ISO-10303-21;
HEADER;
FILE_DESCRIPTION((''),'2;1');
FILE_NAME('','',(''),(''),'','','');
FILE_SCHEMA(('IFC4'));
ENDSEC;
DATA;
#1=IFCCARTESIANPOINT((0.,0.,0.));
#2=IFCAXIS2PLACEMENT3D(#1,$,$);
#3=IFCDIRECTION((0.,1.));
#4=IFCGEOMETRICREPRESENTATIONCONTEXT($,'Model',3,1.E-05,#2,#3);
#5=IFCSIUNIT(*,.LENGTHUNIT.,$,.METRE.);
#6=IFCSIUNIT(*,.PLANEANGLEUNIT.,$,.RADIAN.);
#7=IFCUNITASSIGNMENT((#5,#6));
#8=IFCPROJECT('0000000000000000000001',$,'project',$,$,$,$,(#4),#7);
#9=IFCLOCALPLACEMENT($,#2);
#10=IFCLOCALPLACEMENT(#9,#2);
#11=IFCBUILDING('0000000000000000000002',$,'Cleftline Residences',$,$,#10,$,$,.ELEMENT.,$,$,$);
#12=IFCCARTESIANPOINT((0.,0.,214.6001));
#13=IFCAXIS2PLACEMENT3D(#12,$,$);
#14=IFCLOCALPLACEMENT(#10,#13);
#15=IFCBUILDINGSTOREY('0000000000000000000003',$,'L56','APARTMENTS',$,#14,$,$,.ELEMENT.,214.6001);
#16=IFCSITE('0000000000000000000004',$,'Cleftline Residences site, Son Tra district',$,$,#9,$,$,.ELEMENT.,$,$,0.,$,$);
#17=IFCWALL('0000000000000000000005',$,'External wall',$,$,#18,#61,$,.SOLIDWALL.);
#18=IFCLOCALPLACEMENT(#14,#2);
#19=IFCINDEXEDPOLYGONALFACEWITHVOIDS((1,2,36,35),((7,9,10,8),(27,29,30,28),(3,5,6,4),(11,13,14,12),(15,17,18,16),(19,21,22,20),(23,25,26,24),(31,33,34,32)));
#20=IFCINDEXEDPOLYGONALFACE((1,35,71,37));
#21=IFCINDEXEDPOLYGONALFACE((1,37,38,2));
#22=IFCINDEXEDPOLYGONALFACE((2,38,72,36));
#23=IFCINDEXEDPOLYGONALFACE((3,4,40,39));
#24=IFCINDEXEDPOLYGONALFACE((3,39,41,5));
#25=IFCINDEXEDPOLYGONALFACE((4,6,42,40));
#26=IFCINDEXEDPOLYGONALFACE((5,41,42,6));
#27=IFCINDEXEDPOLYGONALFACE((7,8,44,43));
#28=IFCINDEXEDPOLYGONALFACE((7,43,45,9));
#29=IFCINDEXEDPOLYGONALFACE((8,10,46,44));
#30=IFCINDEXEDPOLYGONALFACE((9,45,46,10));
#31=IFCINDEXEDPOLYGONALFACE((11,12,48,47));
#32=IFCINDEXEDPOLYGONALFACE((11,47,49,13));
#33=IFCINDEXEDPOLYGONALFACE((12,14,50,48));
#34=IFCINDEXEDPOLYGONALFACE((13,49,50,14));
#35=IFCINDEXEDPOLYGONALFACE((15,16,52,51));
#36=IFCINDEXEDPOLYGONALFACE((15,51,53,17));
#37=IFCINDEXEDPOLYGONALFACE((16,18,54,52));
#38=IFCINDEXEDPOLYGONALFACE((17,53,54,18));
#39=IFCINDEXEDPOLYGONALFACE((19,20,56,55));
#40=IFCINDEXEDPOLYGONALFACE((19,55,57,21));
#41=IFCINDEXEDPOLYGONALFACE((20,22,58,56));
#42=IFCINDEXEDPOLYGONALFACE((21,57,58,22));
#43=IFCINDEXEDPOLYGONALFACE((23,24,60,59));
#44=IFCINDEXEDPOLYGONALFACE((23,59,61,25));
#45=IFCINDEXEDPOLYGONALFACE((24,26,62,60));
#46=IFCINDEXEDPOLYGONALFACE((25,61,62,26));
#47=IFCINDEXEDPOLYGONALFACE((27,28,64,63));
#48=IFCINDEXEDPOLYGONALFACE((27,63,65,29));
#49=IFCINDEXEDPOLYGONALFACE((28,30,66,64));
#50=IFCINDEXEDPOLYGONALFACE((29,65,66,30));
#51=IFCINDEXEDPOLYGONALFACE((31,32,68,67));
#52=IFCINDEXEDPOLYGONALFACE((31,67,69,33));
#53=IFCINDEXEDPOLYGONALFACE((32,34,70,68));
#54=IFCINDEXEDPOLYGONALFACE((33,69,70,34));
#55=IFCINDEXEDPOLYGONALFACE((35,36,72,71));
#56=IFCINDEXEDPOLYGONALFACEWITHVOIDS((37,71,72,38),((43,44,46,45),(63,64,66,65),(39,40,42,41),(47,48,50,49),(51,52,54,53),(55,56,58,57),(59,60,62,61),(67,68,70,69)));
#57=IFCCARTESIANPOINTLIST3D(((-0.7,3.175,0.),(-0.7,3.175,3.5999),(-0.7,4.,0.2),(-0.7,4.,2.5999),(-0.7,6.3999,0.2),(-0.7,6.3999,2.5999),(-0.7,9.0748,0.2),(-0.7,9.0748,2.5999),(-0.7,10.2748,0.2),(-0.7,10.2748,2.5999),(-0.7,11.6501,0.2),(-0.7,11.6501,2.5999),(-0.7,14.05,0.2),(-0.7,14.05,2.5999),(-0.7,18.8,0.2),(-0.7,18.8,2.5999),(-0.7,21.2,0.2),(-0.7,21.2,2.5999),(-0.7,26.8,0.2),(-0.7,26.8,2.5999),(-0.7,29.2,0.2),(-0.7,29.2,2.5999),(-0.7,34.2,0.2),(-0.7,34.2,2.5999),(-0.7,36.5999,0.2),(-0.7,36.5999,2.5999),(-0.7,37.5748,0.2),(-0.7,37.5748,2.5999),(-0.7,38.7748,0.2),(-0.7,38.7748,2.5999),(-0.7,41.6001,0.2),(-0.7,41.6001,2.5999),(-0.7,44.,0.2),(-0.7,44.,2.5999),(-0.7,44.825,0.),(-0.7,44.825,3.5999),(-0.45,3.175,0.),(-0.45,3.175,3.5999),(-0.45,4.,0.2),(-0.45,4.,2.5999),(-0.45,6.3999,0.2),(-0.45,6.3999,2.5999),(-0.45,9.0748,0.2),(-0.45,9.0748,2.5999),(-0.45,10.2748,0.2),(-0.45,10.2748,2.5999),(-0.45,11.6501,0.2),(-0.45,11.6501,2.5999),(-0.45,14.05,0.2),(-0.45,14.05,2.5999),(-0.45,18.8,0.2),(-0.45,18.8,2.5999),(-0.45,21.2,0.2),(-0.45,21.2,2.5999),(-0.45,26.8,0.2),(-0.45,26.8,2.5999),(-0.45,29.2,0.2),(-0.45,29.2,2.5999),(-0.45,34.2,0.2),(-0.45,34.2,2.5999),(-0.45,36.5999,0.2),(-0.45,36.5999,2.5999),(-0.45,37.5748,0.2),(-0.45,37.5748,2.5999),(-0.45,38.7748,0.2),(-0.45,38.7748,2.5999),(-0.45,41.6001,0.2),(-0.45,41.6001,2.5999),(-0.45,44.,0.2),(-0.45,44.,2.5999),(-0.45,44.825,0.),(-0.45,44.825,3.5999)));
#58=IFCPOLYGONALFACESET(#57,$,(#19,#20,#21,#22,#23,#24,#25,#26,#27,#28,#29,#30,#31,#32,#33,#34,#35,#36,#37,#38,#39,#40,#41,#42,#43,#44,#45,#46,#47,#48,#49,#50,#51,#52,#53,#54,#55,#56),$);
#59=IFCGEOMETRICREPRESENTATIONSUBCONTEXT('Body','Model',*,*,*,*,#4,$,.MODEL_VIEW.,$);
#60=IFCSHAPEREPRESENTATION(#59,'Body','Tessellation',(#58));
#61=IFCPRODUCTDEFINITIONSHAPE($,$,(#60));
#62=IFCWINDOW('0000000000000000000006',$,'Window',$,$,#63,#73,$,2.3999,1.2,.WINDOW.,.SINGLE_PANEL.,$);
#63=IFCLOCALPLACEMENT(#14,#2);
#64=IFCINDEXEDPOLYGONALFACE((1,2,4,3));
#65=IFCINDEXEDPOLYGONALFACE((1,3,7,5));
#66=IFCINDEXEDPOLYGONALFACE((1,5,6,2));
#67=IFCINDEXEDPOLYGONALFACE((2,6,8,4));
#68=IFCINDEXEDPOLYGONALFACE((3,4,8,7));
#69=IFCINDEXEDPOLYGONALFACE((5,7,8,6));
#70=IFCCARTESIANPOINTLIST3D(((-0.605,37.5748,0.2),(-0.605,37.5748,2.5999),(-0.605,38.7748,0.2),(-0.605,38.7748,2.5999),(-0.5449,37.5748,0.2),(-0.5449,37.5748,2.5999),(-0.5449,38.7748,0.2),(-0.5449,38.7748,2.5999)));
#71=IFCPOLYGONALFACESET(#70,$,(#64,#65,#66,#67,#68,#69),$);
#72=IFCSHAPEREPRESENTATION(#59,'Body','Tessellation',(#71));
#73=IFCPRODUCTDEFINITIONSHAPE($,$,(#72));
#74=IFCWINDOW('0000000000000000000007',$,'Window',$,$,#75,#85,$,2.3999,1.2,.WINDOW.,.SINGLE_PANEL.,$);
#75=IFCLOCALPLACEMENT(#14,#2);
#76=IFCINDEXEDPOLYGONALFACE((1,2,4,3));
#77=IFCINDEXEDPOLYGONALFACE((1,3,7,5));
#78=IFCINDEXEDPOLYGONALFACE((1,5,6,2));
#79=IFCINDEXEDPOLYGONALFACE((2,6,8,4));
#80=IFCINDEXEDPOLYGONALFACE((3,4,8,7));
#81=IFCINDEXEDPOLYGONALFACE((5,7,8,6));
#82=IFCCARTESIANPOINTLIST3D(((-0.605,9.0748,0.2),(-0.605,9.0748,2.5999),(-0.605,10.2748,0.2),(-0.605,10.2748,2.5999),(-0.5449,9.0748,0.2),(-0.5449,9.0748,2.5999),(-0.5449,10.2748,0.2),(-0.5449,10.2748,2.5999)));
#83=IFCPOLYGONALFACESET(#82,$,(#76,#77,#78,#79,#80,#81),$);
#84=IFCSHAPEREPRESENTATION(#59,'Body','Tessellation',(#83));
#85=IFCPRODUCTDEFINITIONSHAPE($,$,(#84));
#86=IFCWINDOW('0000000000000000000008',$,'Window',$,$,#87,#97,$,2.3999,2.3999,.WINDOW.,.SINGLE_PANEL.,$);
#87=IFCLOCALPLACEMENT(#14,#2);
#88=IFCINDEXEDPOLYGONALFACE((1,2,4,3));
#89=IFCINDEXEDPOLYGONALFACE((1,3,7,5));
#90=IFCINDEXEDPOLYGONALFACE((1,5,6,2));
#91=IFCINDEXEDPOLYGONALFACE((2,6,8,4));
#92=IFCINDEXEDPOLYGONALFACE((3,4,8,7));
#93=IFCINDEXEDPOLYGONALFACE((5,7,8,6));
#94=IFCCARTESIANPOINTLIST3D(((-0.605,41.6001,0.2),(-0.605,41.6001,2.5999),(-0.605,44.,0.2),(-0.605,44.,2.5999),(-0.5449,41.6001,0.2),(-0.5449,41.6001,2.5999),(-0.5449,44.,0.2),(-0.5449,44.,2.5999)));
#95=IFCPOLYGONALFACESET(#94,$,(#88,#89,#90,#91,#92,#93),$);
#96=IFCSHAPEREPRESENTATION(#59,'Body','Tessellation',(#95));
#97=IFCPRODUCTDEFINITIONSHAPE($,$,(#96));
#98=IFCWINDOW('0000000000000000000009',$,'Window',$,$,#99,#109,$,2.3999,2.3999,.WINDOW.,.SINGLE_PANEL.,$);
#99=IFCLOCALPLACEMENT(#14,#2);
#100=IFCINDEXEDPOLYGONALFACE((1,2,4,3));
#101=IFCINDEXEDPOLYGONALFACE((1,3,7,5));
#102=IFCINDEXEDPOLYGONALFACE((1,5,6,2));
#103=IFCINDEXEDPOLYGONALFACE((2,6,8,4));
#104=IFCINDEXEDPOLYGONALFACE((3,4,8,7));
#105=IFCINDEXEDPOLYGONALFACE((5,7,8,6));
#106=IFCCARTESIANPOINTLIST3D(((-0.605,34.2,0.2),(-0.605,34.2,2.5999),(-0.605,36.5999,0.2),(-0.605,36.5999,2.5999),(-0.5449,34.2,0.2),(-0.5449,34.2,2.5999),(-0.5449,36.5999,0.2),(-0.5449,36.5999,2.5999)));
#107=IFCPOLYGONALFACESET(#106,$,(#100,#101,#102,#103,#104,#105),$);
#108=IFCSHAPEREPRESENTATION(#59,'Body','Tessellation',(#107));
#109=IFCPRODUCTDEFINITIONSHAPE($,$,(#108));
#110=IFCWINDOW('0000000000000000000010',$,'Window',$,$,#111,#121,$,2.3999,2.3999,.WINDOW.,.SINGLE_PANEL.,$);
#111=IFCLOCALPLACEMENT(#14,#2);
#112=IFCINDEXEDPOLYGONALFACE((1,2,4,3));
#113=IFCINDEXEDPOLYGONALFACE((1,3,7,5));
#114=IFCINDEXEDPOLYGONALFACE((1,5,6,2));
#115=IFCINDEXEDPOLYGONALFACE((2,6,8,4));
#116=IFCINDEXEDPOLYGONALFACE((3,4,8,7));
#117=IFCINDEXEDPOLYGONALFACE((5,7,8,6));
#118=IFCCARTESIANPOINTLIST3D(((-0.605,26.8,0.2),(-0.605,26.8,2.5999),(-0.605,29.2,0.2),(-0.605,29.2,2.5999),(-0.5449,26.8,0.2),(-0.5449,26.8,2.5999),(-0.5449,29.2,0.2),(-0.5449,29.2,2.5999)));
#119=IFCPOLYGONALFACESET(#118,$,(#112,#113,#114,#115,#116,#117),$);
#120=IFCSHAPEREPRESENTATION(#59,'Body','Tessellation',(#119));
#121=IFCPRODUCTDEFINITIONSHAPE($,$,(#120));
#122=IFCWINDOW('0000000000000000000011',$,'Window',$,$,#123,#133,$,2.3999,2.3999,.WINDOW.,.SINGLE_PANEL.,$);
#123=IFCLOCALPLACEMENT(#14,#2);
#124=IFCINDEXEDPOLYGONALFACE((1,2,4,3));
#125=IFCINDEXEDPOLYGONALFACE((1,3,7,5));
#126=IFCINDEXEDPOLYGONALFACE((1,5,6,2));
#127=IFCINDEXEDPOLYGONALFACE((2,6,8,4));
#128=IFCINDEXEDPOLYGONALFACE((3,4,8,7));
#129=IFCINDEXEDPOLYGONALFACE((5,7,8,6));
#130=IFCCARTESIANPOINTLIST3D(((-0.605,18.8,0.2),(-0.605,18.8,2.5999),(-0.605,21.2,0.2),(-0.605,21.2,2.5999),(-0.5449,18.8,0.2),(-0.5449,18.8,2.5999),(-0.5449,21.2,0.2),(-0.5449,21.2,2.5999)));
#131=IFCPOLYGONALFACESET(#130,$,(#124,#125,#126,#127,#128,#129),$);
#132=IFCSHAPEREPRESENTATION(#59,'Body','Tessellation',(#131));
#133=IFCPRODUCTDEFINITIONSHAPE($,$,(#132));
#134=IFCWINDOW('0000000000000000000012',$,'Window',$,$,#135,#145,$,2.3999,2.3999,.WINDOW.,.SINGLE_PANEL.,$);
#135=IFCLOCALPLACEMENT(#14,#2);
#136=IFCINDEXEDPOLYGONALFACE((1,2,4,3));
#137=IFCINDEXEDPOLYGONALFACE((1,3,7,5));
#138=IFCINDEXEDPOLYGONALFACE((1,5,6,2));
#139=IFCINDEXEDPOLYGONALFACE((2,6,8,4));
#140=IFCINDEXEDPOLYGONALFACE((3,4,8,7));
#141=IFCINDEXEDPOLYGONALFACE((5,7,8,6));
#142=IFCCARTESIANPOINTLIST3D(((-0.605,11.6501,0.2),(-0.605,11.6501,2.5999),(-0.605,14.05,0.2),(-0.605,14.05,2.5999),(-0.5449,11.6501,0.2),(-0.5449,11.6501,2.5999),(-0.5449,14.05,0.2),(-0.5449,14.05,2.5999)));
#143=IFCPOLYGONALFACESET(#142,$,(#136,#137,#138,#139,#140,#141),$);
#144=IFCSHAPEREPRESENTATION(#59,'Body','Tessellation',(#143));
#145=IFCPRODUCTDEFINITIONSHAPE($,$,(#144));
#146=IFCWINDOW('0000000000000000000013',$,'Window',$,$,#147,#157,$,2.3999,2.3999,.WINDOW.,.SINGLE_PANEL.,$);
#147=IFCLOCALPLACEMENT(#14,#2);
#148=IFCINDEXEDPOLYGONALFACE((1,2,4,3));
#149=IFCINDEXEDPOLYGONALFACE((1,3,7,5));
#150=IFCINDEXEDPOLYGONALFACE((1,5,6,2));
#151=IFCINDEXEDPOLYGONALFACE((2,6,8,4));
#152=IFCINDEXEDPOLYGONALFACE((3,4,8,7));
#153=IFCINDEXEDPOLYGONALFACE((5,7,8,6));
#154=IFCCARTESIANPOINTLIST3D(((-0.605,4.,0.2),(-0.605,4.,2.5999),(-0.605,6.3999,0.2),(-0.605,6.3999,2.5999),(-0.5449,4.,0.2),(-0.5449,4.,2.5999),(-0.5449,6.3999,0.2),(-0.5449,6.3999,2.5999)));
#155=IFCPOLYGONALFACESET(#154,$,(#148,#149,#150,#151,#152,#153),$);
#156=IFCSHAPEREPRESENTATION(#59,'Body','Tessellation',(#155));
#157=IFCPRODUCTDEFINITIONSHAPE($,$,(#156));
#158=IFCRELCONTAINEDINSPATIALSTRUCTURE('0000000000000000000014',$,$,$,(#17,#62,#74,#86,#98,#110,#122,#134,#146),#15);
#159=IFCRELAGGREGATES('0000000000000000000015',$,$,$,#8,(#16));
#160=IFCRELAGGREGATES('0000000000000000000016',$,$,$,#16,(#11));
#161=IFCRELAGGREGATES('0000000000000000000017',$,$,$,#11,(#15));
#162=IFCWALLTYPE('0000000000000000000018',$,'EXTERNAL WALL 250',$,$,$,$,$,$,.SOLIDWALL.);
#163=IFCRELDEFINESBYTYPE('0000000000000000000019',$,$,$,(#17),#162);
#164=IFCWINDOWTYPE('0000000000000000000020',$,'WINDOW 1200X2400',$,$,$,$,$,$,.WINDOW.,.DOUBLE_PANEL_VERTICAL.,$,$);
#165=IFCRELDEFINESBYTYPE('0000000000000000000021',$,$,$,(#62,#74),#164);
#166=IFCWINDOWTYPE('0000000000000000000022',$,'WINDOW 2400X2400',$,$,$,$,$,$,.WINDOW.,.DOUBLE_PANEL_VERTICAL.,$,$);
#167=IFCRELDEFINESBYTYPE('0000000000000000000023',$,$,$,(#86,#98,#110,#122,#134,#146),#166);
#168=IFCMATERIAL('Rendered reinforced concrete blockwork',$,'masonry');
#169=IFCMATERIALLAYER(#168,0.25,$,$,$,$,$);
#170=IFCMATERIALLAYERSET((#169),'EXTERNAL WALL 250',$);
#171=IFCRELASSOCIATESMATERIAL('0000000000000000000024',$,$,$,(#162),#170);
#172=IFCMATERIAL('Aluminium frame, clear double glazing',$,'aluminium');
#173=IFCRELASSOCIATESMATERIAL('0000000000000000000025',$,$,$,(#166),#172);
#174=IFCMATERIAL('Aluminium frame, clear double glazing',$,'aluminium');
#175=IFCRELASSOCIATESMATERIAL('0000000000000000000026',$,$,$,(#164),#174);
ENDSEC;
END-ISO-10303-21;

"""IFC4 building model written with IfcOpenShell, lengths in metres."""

from ifc_helpers import new_model, si_unit, direction, frame, frame_2d, origin, place, context, subcontext, project, spatial, rectangle, extrude, material, layer, layer_set, type_object, element, fill, save


model = new_model("IFC4")

# Units and contexts
model_context = context("Model", 3, precision=1e-05, world=origin(), true_north=direction((0.0, 1.0)))
body_context = subcontext(model_context, "Body", "Model", "MODEL_VIEW")
ifc_project = project(units=[si_unit("LENGTHUNIT", "METRE"), si_unit("PLANEANGLEUNIT", "RADIAN")], contexts=[model_context])

# Site, building, storey
site_placement = place(None, origin())
site = spatial("IfcSite", under=ifc_project, at=site_placement, Name="Cleftline Residences site, Son Tra district", CompositionType="ELEMENT", RefElevation=0.0)
building_placement = place(site_placement, origin())
building = spatial("IfcBuilding", under=site, at=building_placement, Name="Cleftline Residences", CompositionType="ELEMENT")
storey_placement = place(building_placement, frame((0.0, 0.0, 214.6001)))
storey = spatial("IfcBuildingStorey", under=building, at=storey_placement, Name="L56", Description="APARTMENTS", CompositionType="ELEMENT", Elevation=214.6001)

# Shared definitions
ifc_material_1 = material(Name="Rendered reinforced concrete blockwork", Category="masonry")
ifc_layer_1 = layer(ifc_material_1, 0.25)
ifc_layer_set_1 = layer_set([ifc_layer_1], Name="EXTERNAL WALL 250")
wall_type_1 = type_object("IfcWallType", Name="EXTERNAL WALL 250", PredefinedType="SOLIDWALL", material=ifc_layer_set_1)
ifc_material_2 = material(Name="Aluminium frame, clear double glazing", Category="aluminium")
window_type_1 = type_object("IfcWindowType", Name="WINDOW 2400X2400", PartitioningType="DOUBLE_PANEL_VERTICAL", PredefinedType="WINDOW", material=ifc_material_2)

# Wall, openings, windows
wall_1_placement = place(storey_placement, frame((-0.575, 44.825, 0.0), z_axis=(0.0, 0.0, 1.0), x_axis=(0.0, -1.0, 0.0)))
wall_1 = element("IfcWall", 1, at=wall_1_placement, inside=storey, type_object=wall_type_1, Name="External wall", PredefinedType="SOLIDWALL", context=body_context, shape_type="SweptSolid", body=[
    extrude(rectangle(XDim=41.6499, YDim=0.25, at=frame_2d((20.825, 0.0))), origin(), (0.0, 0.0, 1.0), 3.5999),
])
opening_1_placement = place(wall_1_placement, frame((0.825, 0.0, 0.2)))
opening_1 = element("IfcOpeningElement", 2, at=opening_1_placement, cuts=wall_1, PredefinedType="OPENING", context=body_context, shape_type="SweptSolid", body=[
    extrude(rectangle(XDim=2.3999, YDim=2.3999, at=frame_2d((1.2, 1.2))), frame((0.0, 0.135, 0.0), z_axis=(0.0, -1.0, 0.0), x_axis=(1.0, 0.0, 0.0)), (0.0, 0.0, 1.0), 0.27),
])
opening_2_placement = place(wall_1_placement, frame((6.05, 0.0, 0.2)))
opening_2 = element("IfcOpeningElement", 3, at=opening_2_placement, cuts=wall_1, PredefinedType="OPENING", context=body_context, shape_type="SweptSolid", body=[
    extrude(rectangle(XDim=1.2, YDim=2.3999, at=frame_2d((0.6001, 1.2))), frame((0.0, 0.135, 0.0), z_axis=(0.0, -1.0, 0.0), x_axis=(1.0, 0.0, 0.0)), (0.0, 0.0, 1.0), 0.27),
])
opening_3_placement = place(wall_1_placement, frame((8.2251, 0.0, 0.2)))
opening_3 = element("IfcOpeningElement", 4, at=opening_3_placement, cuts=wall_1, PredefinedType="OPENING", context=body_context, shape_type="SweptSolid", body=[
    extrude(rectangle(XDim=2.3999, YDim=2.3999, at=frame_2d((1.2, 1.2))), frame((0.0, 0.135, 0.0), z_axis=(0.0, -1.0, 0.0), x_axis=(1.0, 0.0, 0.0)), (0.0, 0.0, 1.0), 0.27),
])
opening_4_placement = place(wall_1_placement, frame((15.625, 0.0, 0.2)))
opening_4 = element("IfcOpeningElement", 5, at=opening_4_placement, cuts=wall_1, PredefinedType="OPENING", context=body_context, shape_type="SweptSolid", body=[
    extrude(rectangle(XDim=2.3999, YDim=2.3999, at=frame_2d((1.2, 1.2))), frame((0.0, 0.135, 0.0), z_axis=(0.0, -1.0, 0.0), x_axis=(1.0, 0.0, 0.0)), (0.0, 0.0, 1.0), 0.27),
])
opening_5_placement = place(wall_1_placement, frame((23.625, 0.0, 0.2)))
opening_5 = element("IfcOpeningElement", 6, at=opening_5_placement, cuts=wall_1, PredefinedType="OPENING", context=body_context, shape_type="SweptSolid", body=[
    extrude(rectangle(XDim=2.3999, YDim=2.3999, at=frame_2d((1.2, 1.2))), frame((0.0, 0.135, 0.0), z_axis=(0.0, -1.0, 0.0), x_axis=(1.0, 0.0, 0.0)), (0.0, 0.0, 1.0), 0.27),
])
opening_6_placement = place(wall_1_placement, frame((30.7749, 0.0, 0.2)))
opening_6 = element("IfcOpeningElement", 7, at=opening_6_placement, cuts=wall_1, PredefinedType="OPENING", context=body_context, shape_type="SweptSolid", body=[
    extrude(rectangle(XDim=2.3999, YDim=2.3999, at=frame_2d((1.2, 1.2))), frame((0.0, 0.135, 0.0), z_axis=(0.0, -1.0, 0.0), x_axis=(1.0, 0.0, 0.0)), (0.0, 0.0, 1.0), 0.27),
])
opening_7_placement = place(wall_1_placement, frame((34.55, 0.0, 0.2)))
opening_7 = element("IfcOpeningElement", 8, at=opening_7_placement, cuts=wall_1, PredefinedType="OPENING", context=body_context, shape_type="SweptSolid", body=[
    extrude(rectangle(XDim=1.2, YDim=2.3999, at=frame_2d((0.6001, 1.2))), frame((0.0, 0.135, 0.0), z_axis=(0.0, -1.0, 0.0), x_axis=(1.0, 0.0, 0.0)), (0.0, 0.0, 1.0), 0.27),
])
opening_8_placement = place(wall_1_placement, frame((38.425, 0.0, 0.2)))
opening_8 = element("IfcOpeningElement", 9, at=opening_8_placement, cuts=wall_1, PredefinedType="OPENING", context=body_context, shape_type="SweptSolid", body=[
    extrude(rectangle(XDim=2.3999, YDim=2.3999, at=frame_2d((1.2, 1.2))), frame((0.0, 0.135, 0.0), z_axis=(0.0, -1.0, 0.0), x_axis=(1.0, 0.0, 0.0)), (0.0, 0.0, 1.0), 0.27),
])
ifc_material_3 = material(Name="Aluminium frame, clear double glazing", Category="aluminium")
window_type_2 = type_object("IfcWindowType", Name="WINDOW 1200X2400", PartitioningType="DOUBLE_PANEL_VERTICAL", PredefinedType="WINDOW", material=ifc_material_3)
window_1_placement = place(opening_2_placement, origin())
window_1 = element("IfcWindow", 10, at=window_1_placement, inside=storey, type_object=window_type_2, Name="Window", OverallHeight=2.3999, OverallWidth=1.2, PartitioningType="SINGLE_PANEL", PredefinedType="WINDOW", context=body_context, shape_type="SweptSolid", body=[
    extrude(rectangle(XDim=1.2, YDim=2.3999, at=frame_2d((0.6001, 1.2))), frame((0.0, 0.03, 0.0), z_axis=(0.0, -1.0, 0.0), x_axis=(1.0, 0.0, 0.0)), (0.0, 0.0, 1.0), 0.0601),
])
fill(opening_2, window_1)
window_2_placement = place(opening_7_placement, origin())
window_2 = element("IfcWindow", 11, at=window_2_placement, inside=storey, type_object=window_type_2, Name="Window", OverallHeight=2.3999, OverallWidth=1.2, PartitioningType="SINGLE_PANEL", PredefinedType="WINDOW", context=body_context, shape_type="SweptSolid", body=[
    extrude(rectangle(XDim=1.2, YDim=2.3999, at=frame_2d((0.6001, 1.2))), frame((0.0, 0.03, 0.0), z_axis=(0.0, -1.0, 0.0), x_axis=(1.0, 0.0, 0.0)), (0.0, 0.0, 1.0), 0.0601),
])
fill(opening_7, window_2)
window_3_placement = place(opening_1_placement, origin())
window_3 = element("IfcWindow", 12, at=window_3_placement, inside=storey, type_object=window_type_1, Name="Window", OverallHeight=2.3999, OverallWidth=2.3999, PartitioningType="SINGLE_PANEL", PredefinedType="WINDOW", context=body_context, shape_type="SweptSolid", body=[
    extrude(rectangle(XDim=2.3999, YDim=2.3999, at=frame_2d((1.2, 1.2))), frame((0.0, 0.03, 0.0), z_axis=(0.0, -1.0, 0.0), x_axis=(1.0, 0.0, 0.0)), (0.0, 0.0, 1.0), 0.0601),
])
fill(opening_1, window_3)
window_4_placement = place(opening_3_placement, origin())
window_4 = element("IfcWindow", 13, at=window_4_placement, inside=storey, type_object=window_type_1, Name="Window", OverallHeight=2.3999, OverallWidth=2.3999, PartitioningType="SINGLE_PANEL", PredefinedType="WINDOW", context=body_context, shape_type="SweptSolid", body=[
    extrude(rectangle(XDim=2.3999, YDim=2.3999, at=frame_2d((1.2, 1.2))), frame((0.0, 0.03, 0.0), z_axis=(0.0, -1.0, 0.0), x_axis=(1.0, 0.0, 0.0)), (0.0, 0.0, 1.0), 0.0601),
])
fill(opening_3, window_4)
window_5_placement = place(opening_4_placement, origin())
window_5 = element("IfcWindow", 14, at=window_5_placement, inside=storey, type_object=window_type_1, Name="Window", OverallHeight=2.3999, OverallWidth=2.3999, PartitioningType="SINGLE_PANEL", PredefinedType="WINDOW", context=body_context, shape_type="SweptSolid", body=[
    extrude(rectangle(XDim=2.3999, YDim=2.3999, at=frame_2d((1.2, 1.2))), frame((0.0, 0.03, 0.0), z_axis=(0.0, -1.0, 0.0), x_axis=(1.0, 0.0, 0.0)), (0.0, 0.0, 1.0), 0.0601),
])
fill(opening_4, window_5)
window_6_placement = place(opening_5_placement, origin())
window_6 = element("IfcWindow", 15, at=window_6_placement, inside=storey, type_object=window_type_1, Name="Window", OverallHeight=2.3999, OverallWidth=2.3999, PartitioningType="SINGLE_PANEL", PredefinedType="WINDOW", context=body_context, shape_type="SweptSolid", body=[
    extrude(rectangle(XDim=2.3999, YDim=2.3999, at=frame_2d((1.2, 1.2))), frame((0.0, 0.03, 0.0), z_axis=(0.0, -1.0, 0.0), x_axis=(1.0, 0.0, 0.0)), (0.0, 0.0, 1.0), 0.0601),
])
fill(opening_5, window_6)
window_7_placement = place(opening_6_placement, origin())
window_7 = element("IfcWindow", 16, at=window_7_placement, inside=storey, type_object=window_type_1, Name="Window", OverallHeight=2.3999, OverallWidth=2.3999, PartitioningType="SINGLE_PANEL", PredefinedType="WINDOW", context=body_context, shape_type="SweptSolid", body=[
    extrude(rectangle(XDim=2.3999, YDim=2.3999, at=frame_2d((1.2, 1.2))), frame((0.0, 0.03, 0.0), z_axis=(0.0, -1.0, 0.0), x_axis=(1.0, 0.0, 0.0)), (0.0, 0.0, 1.0), 0.0601),
])
fill(opening_6, window_7)
window_8_placement = place(opening_8_placement, origin())
window_8 = element("IfcWindow", 17, at=window_8_placement, inside=storey, type_object=window_type_1, Name="Window", OverallHeight=2.3999, OverallWidth=2.3999, PartitioningType="SINGLE_PANEL", PredefinedType="WINDOW", context=body_context, shape_type="SweptSolid", body=[
    extrude(rectangle(XDim=2.3999, YDim=2.3999, at=frame_2d((1.2, 1.2))), frame((0.0, 0.03, 0.0), z_axis=(0.0, -1.0, 0.0), x_axis=(1.0, 0.0, 0.0)), (0.0, 0.0, 1.0), 0.0601),
])
fill(opening_8, window_8)

save(model, "model.ifc")
